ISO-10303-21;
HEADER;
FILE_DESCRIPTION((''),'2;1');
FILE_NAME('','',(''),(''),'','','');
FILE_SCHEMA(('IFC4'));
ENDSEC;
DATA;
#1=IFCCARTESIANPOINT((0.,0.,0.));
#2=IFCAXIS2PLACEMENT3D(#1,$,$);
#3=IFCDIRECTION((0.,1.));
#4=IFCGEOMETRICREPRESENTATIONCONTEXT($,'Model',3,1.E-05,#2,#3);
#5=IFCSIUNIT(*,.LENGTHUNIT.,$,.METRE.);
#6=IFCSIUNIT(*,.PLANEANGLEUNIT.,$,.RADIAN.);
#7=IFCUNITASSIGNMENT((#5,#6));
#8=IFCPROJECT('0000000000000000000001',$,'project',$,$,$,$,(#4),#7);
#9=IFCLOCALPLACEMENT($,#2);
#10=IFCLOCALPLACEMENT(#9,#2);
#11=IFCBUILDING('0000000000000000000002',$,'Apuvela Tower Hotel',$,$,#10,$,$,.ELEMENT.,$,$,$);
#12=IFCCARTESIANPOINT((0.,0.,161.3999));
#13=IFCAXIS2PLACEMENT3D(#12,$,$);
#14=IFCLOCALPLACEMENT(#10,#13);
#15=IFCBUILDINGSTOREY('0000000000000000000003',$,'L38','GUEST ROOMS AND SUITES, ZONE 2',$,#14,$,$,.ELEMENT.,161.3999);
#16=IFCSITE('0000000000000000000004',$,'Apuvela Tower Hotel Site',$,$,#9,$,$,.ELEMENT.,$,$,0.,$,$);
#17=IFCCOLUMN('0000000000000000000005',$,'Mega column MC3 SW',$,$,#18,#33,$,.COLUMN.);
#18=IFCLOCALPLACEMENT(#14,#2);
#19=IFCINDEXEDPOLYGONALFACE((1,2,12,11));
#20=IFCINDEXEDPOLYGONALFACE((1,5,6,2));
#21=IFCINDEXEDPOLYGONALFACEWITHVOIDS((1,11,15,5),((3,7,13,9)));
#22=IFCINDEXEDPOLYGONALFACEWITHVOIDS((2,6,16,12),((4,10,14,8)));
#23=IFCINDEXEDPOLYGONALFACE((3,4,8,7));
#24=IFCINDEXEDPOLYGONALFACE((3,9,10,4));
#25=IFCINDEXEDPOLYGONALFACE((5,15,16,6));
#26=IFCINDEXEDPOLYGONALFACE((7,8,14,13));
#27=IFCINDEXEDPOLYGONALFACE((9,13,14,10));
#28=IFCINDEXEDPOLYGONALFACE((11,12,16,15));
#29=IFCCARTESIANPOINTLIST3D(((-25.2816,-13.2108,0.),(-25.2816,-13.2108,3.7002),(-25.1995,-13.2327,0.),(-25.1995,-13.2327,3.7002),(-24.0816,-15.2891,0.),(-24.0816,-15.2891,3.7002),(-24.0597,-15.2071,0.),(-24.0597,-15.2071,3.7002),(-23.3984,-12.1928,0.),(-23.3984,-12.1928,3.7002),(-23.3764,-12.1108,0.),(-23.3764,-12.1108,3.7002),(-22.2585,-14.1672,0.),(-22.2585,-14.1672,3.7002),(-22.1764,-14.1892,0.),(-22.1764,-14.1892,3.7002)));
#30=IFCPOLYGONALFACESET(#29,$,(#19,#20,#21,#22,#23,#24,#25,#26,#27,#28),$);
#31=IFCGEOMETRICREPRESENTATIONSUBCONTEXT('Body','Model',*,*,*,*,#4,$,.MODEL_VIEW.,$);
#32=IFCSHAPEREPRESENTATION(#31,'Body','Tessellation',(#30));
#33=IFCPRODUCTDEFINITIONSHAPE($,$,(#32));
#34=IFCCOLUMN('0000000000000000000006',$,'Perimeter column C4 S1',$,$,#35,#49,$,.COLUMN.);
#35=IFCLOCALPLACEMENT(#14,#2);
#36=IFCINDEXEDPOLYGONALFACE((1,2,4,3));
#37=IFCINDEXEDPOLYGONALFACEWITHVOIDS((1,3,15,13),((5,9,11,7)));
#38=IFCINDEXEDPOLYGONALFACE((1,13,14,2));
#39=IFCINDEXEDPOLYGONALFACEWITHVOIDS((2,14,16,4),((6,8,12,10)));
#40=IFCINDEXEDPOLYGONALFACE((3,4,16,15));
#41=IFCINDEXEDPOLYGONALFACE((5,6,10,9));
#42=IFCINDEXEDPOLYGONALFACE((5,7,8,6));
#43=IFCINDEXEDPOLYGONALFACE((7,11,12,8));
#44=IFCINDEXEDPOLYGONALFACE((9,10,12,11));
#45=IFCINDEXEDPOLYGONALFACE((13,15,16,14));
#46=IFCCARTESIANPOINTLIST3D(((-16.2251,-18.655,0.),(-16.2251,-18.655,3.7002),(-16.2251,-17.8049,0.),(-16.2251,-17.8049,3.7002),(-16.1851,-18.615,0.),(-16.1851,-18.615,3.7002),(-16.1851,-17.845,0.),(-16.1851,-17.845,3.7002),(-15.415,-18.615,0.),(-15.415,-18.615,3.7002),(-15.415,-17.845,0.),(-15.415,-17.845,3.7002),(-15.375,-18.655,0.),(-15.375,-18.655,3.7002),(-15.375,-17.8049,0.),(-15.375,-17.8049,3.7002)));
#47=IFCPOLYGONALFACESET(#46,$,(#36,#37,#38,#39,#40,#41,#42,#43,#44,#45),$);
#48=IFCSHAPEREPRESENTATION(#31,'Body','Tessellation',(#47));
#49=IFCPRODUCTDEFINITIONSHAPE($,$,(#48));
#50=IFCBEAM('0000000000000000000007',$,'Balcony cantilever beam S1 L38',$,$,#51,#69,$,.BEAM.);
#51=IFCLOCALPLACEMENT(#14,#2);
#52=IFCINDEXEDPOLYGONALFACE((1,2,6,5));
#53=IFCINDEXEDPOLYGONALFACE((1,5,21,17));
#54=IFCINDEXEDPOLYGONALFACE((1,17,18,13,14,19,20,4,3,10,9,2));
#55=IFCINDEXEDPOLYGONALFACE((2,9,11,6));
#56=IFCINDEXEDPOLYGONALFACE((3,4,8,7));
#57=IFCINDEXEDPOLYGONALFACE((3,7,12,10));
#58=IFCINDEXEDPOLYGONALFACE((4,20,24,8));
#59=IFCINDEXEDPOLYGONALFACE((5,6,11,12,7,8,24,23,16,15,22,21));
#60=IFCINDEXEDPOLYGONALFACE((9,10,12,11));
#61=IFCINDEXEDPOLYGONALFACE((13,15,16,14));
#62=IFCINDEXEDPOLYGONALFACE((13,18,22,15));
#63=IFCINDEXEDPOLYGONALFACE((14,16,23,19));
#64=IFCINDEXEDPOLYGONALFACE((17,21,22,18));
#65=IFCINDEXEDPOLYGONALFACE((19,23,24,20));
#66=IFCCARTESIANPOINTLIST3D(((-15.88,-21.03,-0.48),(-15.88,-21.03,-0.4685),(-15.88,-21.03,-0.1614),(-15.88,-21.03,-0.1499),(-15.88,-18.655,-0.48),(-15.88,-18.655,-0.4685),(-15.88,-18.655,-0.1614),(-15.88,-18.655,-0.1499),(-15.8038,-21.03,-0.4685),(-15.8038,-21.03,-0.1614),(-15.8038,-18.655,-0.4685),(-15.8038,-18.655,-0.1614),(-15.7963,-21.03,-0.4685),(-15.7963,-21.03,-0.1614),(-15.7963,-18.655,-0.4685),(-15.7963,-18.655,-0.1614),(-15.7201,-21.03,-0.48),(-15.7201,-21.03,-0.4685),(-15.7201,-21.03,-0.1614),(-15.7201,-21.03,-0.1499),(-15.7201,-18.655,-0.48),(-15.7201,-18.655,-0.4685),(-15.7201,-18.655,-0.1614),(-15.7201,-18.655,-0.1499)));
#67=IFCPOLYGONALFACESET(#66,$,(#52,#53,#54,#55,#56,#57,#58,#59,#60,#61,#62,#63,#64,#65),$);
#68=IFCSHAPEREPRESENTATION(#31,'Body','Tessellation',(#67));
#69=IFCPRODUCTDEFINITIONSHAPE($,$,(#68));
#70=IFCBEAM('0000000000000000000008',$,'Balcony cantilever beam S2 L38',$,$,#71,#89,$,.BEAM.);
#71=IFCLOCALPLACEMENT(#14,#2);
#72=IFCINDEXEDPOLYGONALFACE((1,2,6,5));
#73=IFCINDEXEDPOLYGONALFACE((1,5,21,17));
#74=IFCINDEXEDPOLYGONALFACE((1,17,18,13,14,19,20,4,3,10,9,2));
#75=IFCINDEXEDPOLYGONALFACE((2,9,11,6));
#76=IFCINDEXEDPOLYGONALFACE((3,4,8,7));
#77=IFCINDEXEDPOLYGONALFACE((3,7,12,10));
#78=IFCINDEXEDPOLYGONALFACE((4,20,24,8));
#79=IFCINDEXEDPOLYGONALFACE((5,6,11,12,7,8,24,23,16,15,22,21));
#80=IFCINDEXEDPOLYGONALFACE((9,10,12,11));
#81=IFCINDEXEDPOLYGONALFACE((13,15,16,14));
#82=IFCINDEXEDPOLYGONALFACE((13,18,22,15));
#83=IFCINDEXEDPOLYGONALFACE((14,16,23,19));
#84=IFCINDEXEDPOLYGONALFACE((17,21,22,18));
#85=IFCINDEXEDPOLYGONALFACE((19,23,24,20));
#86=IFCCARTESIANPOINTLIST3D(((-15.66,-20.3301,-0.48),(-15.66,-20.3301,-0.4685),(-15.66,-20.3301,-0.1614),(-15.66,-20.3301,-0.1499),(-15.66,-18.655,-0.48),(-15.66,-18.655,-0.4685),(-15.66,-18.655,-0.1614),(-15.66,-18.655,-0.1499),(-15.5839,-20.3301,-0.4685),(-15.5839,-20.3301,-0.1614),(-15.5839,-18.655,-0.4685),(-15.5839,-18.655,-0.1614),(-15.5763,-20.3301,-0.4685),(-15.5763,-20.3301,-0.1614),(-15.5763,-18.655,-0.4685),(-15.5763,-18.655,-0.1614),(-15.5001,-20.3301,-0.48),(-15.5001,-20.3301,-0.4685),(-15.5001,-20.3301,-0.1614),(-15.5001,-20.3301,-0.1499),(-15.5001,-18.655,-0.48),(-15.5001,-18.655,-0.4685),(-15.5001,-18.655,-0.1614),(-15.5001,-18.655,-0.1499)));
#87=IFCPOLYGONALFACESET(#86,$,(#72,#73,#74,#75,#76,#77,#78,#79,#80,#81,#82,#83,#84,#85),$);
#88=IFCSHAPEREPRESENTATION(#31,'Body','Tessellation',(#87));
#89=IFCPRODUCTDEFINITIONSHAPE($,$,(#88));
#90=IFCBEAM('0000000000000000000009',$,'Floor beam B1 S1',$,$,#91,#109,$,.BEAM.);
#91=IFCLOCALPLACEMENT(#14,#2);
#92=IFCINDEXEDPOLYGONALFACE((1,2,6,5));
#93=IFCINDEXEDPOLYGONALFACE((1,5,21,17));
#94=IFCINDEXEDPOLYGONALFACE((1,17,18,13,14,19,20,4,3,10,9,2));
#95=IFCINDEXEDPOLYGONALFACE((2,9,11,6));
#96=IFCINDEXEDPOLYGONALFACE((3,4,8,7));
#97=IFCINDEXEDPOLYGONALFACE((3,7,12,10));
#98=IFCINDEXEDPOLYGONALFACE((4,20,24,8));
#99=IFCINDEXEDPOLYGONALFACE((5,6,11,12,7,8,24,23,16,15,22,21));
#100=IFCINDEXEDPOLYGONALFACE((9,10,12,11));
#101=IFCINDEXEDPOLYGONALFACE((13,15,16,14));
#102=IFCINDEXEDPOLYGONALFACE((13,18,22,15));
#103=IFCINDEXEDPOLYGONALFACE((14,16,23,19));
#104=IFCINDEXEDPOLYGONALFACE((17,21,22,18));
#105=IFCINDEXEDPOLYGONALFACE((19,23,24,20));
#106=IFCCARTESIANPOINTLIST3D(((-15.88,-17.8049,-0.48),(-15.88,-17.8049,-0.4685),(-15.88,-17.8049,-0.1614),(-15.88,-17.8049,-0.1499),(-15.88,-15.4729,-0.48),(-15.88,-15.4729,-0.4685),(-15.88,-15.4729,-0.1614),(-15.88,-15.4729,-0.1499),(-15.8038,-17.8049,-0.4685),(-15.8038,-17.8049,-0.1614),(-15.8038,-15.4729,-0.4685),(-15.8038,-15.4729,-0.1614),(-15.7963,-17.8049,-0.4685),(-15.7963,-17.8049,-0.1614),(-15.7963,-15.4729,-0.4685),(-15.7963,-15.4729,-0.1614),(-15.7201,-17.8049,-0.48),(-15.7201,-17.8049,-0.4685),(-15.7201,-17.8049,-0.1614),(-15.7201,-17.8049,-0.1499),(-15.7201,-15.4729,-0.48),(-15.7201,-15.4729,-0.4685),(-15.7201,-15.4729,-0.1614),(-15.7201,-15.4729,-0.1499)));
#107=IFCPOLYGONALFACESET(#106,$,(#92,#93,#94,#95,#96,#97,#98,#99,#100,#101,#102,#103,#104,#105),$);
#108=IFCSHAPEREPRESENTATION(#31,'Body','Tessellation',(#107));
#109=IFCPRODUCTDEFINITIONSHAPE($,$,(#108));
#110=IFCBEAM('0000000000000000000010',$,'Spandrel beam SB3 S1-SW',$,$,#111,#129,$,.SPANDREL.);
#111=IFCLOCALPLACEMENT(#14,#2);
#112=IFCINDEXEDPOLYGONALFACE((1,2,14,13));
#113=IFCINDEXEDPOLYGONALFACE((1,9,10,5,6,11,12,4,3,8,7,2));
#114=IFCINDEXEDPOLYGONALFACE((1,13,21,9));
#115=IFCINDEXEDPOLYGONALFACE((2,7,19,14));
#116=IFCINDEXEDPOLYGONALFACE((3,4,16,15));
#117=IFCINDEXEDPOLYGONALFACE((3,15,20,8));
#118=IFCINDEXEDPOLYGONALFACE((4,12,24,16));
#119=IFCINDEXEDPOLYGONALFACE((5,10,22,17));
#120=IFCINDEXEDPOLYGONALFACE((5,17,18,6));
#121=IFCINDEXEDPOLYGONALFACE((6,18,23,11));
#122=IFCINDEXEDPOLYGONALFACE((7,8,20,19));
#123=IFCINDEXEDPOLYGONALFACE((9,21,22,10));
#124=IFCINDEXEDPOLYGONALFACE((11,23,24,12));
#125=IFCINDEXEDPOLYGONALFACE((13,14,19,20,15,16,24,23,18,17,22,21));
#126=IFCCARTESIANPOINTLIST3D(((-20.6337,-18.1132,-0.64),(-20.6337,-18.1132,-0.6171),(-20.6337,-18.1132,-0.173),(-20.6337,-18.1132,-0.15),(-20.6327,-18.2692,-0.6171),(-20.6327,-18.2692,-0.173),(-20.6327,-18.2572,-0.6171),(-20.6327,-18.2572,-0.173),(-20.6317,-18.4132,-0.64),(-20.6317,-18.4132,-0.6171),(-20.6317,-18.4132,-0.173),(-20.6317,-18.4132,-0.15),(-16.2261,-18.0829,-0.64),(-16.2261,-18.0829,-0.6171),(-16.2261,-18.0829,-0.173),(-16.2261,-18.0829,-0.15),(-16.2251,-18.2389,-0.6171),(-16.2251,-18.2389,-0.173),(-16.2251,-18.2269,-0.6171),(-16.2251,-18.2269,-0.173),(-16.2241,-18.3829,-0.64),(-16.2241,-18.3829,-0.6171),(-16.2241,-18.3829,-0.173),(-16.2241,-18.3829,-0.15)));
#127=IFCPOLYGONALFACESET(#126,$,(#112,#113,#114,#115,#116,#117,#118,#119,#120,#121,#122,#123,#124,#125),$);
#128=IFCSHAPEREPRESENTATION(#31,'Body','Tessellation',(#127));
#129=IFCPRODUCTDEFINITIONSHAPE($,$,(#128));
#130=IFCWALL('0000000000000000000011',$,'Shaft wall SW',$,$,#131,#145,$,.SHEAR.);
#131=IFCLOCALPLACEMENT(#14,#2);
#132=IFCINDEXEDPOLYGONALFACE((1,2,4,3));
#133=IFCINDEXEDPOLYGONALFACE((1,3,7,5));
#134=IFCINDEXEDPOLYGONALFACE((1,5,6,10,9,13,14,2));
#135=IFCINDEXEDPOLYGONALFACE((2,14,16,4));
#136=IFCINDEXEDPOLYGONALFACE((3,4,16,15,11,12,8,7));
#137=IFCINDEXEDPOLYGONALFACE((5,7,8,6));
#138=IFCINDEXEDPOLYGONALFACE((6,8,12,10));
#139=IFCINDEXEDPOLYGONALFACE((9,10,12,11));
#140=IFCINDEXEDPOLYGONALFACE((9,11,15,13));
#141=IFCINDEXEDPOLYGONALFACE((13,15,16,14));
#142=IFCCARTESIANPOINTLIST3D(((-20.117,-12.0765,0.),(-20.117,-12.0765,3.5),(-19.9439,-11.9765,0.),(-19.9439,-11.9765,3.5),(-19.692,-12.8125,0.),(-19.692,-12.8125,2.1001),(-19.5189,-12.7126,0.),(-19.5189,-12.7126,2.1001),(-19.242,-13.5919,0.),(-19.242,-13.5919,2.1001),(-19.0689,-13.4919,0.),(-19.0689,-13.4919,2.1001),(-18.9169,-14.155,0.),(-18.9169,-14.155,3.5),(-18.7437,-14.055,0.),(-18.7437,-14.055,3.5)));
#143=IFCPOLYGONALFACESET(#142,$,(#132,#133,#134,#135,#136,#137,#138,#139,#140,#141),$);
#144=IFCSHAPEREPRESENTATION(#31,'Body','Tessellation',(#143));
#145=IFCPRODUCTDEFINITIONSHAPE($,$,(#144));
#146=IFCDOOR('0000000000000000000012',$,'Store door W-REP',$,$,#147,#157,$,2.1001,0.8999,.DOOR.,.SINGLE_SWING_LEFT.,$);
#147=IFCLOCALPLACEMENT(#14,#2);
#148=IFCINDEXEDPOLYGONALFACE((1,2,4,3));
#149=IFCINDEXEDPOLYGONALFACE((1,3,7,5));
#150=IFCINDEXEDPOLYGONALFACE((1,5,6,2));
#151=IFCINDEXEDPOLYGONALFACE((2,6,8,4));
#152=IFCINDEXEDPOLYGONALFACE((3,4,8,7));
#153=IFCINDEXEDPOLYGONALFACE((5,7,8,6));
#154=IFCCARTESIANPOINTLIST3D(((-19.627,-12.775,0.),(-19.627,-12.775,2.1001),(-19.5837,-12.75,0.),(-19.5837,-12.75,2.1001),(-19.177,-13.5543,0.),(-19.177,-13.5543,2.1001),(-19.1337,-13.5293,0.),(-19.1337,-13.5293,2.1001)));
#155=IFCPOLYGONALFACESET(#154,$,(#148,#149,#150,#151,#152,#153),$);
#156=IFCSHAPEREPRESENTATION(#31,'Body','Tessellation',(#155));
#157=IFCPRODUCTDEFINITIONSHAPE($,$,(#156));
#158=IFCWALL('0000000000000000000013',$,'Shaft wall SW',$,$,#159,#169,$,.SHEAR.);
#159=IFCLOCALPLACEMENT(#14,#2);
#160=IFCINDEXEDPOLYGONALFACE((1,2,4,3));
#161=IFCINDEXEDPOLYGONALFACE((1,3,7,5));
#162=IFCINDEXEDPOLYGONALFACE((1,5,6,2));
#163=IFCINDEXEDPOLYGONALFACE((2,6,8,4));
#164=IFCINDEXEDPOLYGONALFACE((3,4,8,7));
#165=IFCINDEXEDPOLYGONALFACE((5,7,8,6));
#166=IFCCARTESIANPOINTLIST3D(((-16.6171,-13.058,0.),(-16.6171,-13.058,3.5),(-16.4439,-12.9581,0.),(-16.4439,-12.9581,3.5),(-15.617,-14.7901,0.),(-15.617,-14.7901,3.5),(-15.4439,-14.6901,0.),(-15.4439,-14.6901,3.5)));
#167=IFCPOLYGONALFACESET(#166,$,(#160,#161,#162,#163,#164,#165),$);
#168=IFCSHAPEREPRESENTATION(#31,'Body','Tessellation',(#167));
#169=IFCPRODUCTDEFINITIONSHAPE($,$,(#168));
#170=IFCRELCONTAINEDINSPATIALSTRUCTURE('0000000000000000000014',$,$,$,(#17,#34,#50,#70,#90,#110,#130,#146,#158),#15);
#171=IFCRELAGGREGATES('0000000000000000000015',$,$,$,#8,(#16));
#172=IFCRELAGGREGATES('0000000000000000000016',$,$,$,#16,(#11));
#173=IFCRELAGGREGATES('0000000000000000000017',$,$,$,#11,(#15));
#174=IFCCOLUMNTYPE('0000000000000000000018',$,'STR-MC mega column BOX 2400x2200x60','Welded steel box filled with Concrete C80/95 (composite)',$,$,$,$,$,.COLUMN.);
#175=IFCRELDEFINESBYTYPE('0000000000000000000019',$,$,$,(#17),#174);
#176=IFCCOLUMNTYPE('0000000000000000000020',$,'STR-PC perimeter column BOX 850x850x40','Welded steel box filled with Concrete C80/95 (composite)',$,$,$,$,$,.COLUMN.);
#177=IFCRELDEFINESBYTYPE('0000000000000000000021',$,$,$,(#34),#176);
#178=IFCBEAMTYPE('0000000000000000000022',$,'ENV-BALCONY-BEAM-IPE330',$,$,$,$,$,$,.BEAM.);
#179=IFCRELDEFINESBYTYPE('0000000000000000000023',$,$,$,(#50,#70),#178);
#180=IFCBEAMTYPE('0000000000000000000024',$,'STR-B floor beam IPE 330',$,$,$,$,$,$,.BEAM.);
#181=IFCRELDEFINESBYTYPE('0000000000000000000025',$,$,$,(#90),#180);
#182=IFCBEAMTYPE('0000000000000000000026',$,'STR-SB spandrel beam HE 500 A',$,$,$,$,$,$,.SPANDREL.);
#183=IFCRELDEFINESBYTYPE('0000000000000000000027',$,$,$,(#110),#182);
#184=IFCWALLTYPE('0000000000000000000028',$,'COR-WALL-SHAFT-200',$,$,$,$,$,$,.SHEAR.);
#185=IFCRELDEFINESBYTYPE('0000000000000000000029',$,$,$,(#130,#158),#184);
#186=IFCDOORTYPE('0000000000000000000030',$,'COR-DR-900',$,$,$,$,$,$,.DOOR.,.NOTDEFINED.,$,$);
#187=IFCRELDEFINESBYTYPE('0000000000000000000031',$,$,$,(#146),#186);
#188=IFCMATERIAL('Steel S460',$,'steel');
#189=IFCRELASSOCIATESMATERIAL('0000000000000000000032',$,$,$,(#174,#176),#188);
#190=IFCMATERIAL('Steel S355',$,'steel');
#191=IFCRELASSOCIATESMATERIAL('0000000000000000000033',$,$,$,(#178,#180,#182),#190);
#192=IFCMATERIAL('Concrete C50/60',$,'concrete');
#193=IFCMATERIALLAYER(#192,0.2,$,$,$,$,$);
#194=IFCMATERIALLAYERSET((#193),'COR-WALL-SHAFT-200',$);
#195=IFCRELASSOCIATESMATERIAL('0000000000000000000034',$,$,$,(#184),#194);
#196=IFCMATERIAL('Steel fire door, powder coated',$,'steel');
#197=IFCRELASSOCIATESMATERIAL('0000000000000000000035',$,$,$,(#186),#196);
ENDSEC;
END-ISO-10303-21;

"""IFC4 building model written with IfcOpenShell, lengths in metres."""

from ifc_helpers import new_model, si_unit, direction, frame, frame_2d, origin, origin_2d, place, context, subcontext, project, spatial, rectangle, hollow_rectangle, i_section, extrude, material, layer, layer_set, material_profile, profile_set, type_object, element, fill, save


model = new_model("IFC4")

# Units and contexts
model_context = context("Model", 3, precision=1e-05, world=origin(), true_north=direction((0.0, 1.0)))
body_context = subcontext(model_context, "Body", "Model", "MODEL_VIEW")
ifc_project = project(units=[si_unit("LENGTHUNIT", "METRE"), si_unit("PLANEANGLEUNIT", "RADIAN")], contexts=[model_context])

# Site, building, storey
site_placement = place(None, origin())
site = spatial("IfcSite", under=ifc_project, at=site_placement, Name="Apuvela Tower Hotel Site", CompositionType="ELEMENT", RefElevation=0.0)
building_placement = place(site_placement, origin())
building = spatial("IfcBuilding", under=site, at=building_placement, Name="Apuvela Tower Hotel", CompositionType="ELEMENT")
storey_placement = place(building_placement, frame((0.0, 0.0, 161.3999)))
storey = spatial("IfcBuildingStorey", under=building, at=storey_placement, Name="L38", Description="GUEST ROOMS AND SUITES, ZONE 2", CompositionType="ELEMENT", Elevation=161.3999)

# Columns
ifc_material_1 = material(Name="Steel S460", Category="steel")
ifc_material_profile_1 = material_profile(ifc_material_1, hollow_rectangle(XDim=2.3999, YDim=2.2, WallThickness=0.0601, at=origin_2d()), Name="BOX 2400x2200x60")
ifc_material_2 = material(Name="Concrete C80/95", Category="concrete")
ifc_material_profile_2 = material_profile(ifc_material_2, rectangle(XDim=2.28, YDim=2.0801, at=origin_2d()), Name="Concrete C80/95 infill")
ifc_profile_set_1 = profile_set([ifc_material_profile_1, ifc_material_profile_2], Name="Steel S460")
column_type_1 = type_object("IfcColumnType", Name="STR-MC mega column BOX 2400x2200x60", Description="Welded steel box filled with Concrete C80/95 (composite)", PredefinedType="COLUMN", material=ifc_profile_set_1)
column_1_placement = place(storey_placement, frame((-23.729, -13.7, 0.0), z_axis=(0.0, 0.0, 1.0), x_axis=(-0.5, 0.866025, 0.0)))
element("IfcColumn", 1, at=column_1_placement, inside=storey, type_object=column_type_1, Name="Mega column MC3 SW", PredefinedType="COLUMN", context=body_context, shape_type="SweptSolid", body=[
    extrude(hollow_rectangle(XDim=2.3999, YDim=2.2, WallThickness=0.0601, at=origin_2d()), origin(), (0.0, 0.0, 1.0), 3.7002),
])
ifc_material_profile_3 = material_profile(ifc_material_1, hollow_rectangle(XDim=0.8501, YDim=0.8501, WallThickness=0.04, at=origin_2d()), Name="BOX 850x850x40")
ifc_material_profile_4 = material_profile(ifc_material_2, rectangle(XDim=0.77, YDim=0.77, at=origin_2d()), Name="Concrete C80/95 infill")
ifc_profile_set_2 = profile_set([ifc_material_profile_3, ifc_material_profile_4], Name="Steel S460")
column_type_2 = type_object("IfcColumnType", Name="STR-PC perimeter column BOX 850x850x40", Description="Welded steel box filled with Concrete C80/95 (composite)", PredefinedType="COLUMN", material=ifc_profile_set_2)
column_2_placement = place(storey_placement, frame((-15.8, -18.23, 0.0), z_axis=(0.0, 0.0, 1.0), x_axis=(-1.0, 0.0, 0.0)))
element("IfcColumn", 2, at=column_2_placement, inside=storey, type_object=column_type_2, Name="Perimeter column C4 S1", PredefinedType="COLUMN", context=body_context, shape_type="SweptSolid", body=[
    extrude(hollow_rectangle(XDim=0.8501, YDim=0.8501, WallThickness=0.04, at=origin_2d()), origin(), (0.0, 0.0, 1.0), 3.7002),
])

# Beams
ifc_material_3 = material(Name="Steel S355", Category="steel")
ifc_material_profile_5 = material_profile(ifc_material_3, i_section(OverallWidth=0.1599, OverallDepth=0.3301, WebThickness=0.0076, FlangeThickness=0.0115, at=origin_2d()), Name="IPE 330")
ifc_profile_set_3 = profile_set([ifc_material_profile_5], Name="Steel S355")
beam_type_1 = type_object("IfcBeamType", Name="ENV-BALCONY-BEAM-IPE330", PredefinedType="BEAM", material=ifc_profile_set_3)
beam_1_placement = place(storey_placement, frame((-15.8, -18.655, -0.3149), z_axis=(0.0, -1.0, 0.0), x_axis=(1.0, 0.0, 0.0)))
element("IfcBeam", 3, at=beam_1_placement, inside=storey, type_object=beam_type_1, Name="Balcony cantilever beam S1 L38", PredefinedType="BEAM", context=body_context, shape_type="SweptSolid", body=[
    extrude(i_section(OverallWidth=0.1599, OverallDepth=0.3301, WebThickness=0.0076, FlangeThickness=0.0115, at=origin_2d()), origin(), (0.0, 0.0, 1.0), 2.375),
])
beam_2_placement = place(storey_placement, frame((-15.5801, -18.655, -0.3149), z_axis=(0.0, -1.0, 0.0), x_axis=(1.0, 0.0, 0.0)))
element("IfcBeam", 4, at=beam_2_placement, inside=storey, type_object=beam_type_1, Name="Balcony cantilever beam S2 L38", PredefinedType="BEAM", context=body_context, shape_type="SweptSolid", body=[
    extrude(i_section(OverallWidth=0.1599, OverallDepth=0.3301, WebThickness=0.0076, FlangeThickness=0.0115, at=origin_2d()), origin(), (0.0, 0.0, 1.0), 1.675),
])
ifc_material_profile_6 = material_profile(ifc_material_3, i_section(OverallWidth=0.1599, OverallDepth=0.3301, WebThickness=0.0076, FlangeThickness=0.0115, at=origin_2d()), Name="IPE 330")
ifc_profile_set_4 = profile_set([ifc_material_profile_6], Name="Steel S355")
beam_type_2 = type_object("IfcBeamType", Name="STR-B floor beam IPE 330", PredefinedType="BEAM", material=ifc_profile_set_4)
beam_3_placement = place(storey_placement, frame((-15.8, -17.8049, -0.3149), z_axis=(0.0, 1.0, 0.0), x_axis=(-1.0, 0.0, 0.0)))
element("IfcBeam", 5, at=beam_3_placement, inside=storey, type_object=beam_type_2, Name="Floor beam B1 S1", PredefinedType="BEAM", context=body_context, shape_type="SweptSolid", body=[
    extrude(i_section(OverallWidth=0.1599, OverallDepth=0.3301, WebThickness=0.0076, FlangeThickness=0.0115, at=origin_2d()), origin(), (0.0, 0.0, 1.0), 2.332),
])
ifc_material_profile_7 = material_profile(ifc_material_3, i_section(OverallWidth=0.3, OverallDepth=0.49, WebThickness=0.012, FlangeThickness=0.0229, at=origin_2d()), Name="HE 500 A")
ifc_profile_set_5 = profile_set([ifc_material_profile_7], Name="Steel S355")
beam_type_3 = type_object("IfcBeamType", Name="STR-SB spandrel beam HE 500 A", PredefinedType="SPANDREL", material=ifc_profile_set_5)
beam_4_placement = place(storey_placement, frame((-16.2251, -18.2329, -0.395), z_axis=(-0.999976, -0.006868, 0.0), x_axis=(0.006868, -0.999976, 0.0)))
element("IfcBeam", 6, at=beam_4_placement, inside=storey, type_object=beam_type_3, Name="Spandrel beam SB3 S1-SW", PredefinedType="SPANDREL", context=body_context, shape_type="SweptSolid", body=[
    extrude(i_section(OverallWidth=0.3, OverallDepth=0.49, WebThickness=0.012, FlangeThickness=0.0229, at=origin_2d()), origin(), (0.0, 0.0, 1.0), 4.4077),
])

# Wall, opening, door
ifc_material_4 = material(Name="Concrete C50/60", Category="concrete")
ifc_layer_1 = layer(ifc_material_4, 0.2)
ifc_layer_set_1 = layer_set([ifc_layer_1], Name="COR-WALL-SHAFT-200")
wall_type_1 = type_object("IfcWallType", Name="COR-WALL-SHAFT-200", PredefinedType="SHEAR", material=ifc_layer_set_1)
wall_1_placement = place(storey_placement, frame((-20.0305, -12.0264, 0.0), z_axis=(0.0, 0.0, 1.0), x_axis=(0.500034, -0.866006, 0.0)))
wall_1 = element("IfcWall", 7, at=wall_1_placement, inside=storey, type_object=wall_type_1, Name="Shaft wall SW", PredefinedType="SHEAR", context=body_context, shape_type="SweptSolid", body=[
    extrude(rectangle(XDim=2.4001, YDim=0.2, at=frame_2d((1.2002, 0.0))), origin(), (0.0, 0.0, 1.0), 3.5),
])
opening_1_placement = place(wall_1_placement, frame((0.8501, 0.0, 0.0)))
opening_1 = element("IfcOpeningElement", 8, at=opening_1_placement, cuts=wall_1, PredefinedType="OPENING", context=body_context, shape_type="SweptSolid", body=[
    extrude(rectangle(XDim=0.8999, YDim=2.1001, at=frame_2d((0.45, 1.05))), frame((0.0, 0.1099, 0.0), z_axis=(0.0, -1.0, 0.0), x_axis=(1.0, 0.0, 0.0)), (0.0, 0.0, 1.0), 0.22),
])
ifc_material_5 = material(Name="Steel fire door, powder coated", Category="steel")
door_type_1 = type_object("IfcDoorType", Name="COR-DR-900", OperationType="NOTDEFINED", PredefinedType="DOOR", material=ifc_material_5)
door_1_placement = place(opening_1_placement, frame((0.8999, 0.0, 0.0), z_axis=(0.0, 0.0, 1.0), x_axis=(-1.0, 0.0, 0.0)))
door_1 = element("IfcDoor", 9, at=door_1_placement, inside=storey, type_object=door_type_1, Name="Store door W-REP", OperationType="SINGLE_SWING_LEFT", OverallHeight=2.1001, OverallWidth=0.8999, PredefinedType="DOOR", context=body_context, shape_type="SweptSolid", body=[
    extrude(rectangle(XDim=0.8999, YDim=2.1001, at=frame_2d((0.45, 1.05))), frame((0.0, 0.0249, 0.0), z_axis=(0.0, -1.0, 0.0), x_axis=(1.0, 0.0, 0.0)), (0.0, 0.0, 1.0), 0.05),
])
fill(opening_1, door_1)

# Wall
for number, where, z_axis, x_axis, name in (
    (10, (-16.5305, -13.0081, 0.0), (0.0, 0.0, 1.0), (0.500025, -0.866011, 0.0), "Shaft wall SW"),
):
    element("IfcWall", number, at=place(storey_placement, frame(where, z_axis=z_axis, x_axis=x_axis)), inside=storey, type_object=wall_type_1, Name=name, PredefinedType="SHEAR", context=body_context, shape_type="SweptSolid", body=[
        extrude(rectangle(XDim=2.0, YDim=0.2, at=frame_2d((1.0, 0.0))), origin(), (0.0, 0.0, 1.0), 3.5),
    ])

save(model, "model.ifc")
